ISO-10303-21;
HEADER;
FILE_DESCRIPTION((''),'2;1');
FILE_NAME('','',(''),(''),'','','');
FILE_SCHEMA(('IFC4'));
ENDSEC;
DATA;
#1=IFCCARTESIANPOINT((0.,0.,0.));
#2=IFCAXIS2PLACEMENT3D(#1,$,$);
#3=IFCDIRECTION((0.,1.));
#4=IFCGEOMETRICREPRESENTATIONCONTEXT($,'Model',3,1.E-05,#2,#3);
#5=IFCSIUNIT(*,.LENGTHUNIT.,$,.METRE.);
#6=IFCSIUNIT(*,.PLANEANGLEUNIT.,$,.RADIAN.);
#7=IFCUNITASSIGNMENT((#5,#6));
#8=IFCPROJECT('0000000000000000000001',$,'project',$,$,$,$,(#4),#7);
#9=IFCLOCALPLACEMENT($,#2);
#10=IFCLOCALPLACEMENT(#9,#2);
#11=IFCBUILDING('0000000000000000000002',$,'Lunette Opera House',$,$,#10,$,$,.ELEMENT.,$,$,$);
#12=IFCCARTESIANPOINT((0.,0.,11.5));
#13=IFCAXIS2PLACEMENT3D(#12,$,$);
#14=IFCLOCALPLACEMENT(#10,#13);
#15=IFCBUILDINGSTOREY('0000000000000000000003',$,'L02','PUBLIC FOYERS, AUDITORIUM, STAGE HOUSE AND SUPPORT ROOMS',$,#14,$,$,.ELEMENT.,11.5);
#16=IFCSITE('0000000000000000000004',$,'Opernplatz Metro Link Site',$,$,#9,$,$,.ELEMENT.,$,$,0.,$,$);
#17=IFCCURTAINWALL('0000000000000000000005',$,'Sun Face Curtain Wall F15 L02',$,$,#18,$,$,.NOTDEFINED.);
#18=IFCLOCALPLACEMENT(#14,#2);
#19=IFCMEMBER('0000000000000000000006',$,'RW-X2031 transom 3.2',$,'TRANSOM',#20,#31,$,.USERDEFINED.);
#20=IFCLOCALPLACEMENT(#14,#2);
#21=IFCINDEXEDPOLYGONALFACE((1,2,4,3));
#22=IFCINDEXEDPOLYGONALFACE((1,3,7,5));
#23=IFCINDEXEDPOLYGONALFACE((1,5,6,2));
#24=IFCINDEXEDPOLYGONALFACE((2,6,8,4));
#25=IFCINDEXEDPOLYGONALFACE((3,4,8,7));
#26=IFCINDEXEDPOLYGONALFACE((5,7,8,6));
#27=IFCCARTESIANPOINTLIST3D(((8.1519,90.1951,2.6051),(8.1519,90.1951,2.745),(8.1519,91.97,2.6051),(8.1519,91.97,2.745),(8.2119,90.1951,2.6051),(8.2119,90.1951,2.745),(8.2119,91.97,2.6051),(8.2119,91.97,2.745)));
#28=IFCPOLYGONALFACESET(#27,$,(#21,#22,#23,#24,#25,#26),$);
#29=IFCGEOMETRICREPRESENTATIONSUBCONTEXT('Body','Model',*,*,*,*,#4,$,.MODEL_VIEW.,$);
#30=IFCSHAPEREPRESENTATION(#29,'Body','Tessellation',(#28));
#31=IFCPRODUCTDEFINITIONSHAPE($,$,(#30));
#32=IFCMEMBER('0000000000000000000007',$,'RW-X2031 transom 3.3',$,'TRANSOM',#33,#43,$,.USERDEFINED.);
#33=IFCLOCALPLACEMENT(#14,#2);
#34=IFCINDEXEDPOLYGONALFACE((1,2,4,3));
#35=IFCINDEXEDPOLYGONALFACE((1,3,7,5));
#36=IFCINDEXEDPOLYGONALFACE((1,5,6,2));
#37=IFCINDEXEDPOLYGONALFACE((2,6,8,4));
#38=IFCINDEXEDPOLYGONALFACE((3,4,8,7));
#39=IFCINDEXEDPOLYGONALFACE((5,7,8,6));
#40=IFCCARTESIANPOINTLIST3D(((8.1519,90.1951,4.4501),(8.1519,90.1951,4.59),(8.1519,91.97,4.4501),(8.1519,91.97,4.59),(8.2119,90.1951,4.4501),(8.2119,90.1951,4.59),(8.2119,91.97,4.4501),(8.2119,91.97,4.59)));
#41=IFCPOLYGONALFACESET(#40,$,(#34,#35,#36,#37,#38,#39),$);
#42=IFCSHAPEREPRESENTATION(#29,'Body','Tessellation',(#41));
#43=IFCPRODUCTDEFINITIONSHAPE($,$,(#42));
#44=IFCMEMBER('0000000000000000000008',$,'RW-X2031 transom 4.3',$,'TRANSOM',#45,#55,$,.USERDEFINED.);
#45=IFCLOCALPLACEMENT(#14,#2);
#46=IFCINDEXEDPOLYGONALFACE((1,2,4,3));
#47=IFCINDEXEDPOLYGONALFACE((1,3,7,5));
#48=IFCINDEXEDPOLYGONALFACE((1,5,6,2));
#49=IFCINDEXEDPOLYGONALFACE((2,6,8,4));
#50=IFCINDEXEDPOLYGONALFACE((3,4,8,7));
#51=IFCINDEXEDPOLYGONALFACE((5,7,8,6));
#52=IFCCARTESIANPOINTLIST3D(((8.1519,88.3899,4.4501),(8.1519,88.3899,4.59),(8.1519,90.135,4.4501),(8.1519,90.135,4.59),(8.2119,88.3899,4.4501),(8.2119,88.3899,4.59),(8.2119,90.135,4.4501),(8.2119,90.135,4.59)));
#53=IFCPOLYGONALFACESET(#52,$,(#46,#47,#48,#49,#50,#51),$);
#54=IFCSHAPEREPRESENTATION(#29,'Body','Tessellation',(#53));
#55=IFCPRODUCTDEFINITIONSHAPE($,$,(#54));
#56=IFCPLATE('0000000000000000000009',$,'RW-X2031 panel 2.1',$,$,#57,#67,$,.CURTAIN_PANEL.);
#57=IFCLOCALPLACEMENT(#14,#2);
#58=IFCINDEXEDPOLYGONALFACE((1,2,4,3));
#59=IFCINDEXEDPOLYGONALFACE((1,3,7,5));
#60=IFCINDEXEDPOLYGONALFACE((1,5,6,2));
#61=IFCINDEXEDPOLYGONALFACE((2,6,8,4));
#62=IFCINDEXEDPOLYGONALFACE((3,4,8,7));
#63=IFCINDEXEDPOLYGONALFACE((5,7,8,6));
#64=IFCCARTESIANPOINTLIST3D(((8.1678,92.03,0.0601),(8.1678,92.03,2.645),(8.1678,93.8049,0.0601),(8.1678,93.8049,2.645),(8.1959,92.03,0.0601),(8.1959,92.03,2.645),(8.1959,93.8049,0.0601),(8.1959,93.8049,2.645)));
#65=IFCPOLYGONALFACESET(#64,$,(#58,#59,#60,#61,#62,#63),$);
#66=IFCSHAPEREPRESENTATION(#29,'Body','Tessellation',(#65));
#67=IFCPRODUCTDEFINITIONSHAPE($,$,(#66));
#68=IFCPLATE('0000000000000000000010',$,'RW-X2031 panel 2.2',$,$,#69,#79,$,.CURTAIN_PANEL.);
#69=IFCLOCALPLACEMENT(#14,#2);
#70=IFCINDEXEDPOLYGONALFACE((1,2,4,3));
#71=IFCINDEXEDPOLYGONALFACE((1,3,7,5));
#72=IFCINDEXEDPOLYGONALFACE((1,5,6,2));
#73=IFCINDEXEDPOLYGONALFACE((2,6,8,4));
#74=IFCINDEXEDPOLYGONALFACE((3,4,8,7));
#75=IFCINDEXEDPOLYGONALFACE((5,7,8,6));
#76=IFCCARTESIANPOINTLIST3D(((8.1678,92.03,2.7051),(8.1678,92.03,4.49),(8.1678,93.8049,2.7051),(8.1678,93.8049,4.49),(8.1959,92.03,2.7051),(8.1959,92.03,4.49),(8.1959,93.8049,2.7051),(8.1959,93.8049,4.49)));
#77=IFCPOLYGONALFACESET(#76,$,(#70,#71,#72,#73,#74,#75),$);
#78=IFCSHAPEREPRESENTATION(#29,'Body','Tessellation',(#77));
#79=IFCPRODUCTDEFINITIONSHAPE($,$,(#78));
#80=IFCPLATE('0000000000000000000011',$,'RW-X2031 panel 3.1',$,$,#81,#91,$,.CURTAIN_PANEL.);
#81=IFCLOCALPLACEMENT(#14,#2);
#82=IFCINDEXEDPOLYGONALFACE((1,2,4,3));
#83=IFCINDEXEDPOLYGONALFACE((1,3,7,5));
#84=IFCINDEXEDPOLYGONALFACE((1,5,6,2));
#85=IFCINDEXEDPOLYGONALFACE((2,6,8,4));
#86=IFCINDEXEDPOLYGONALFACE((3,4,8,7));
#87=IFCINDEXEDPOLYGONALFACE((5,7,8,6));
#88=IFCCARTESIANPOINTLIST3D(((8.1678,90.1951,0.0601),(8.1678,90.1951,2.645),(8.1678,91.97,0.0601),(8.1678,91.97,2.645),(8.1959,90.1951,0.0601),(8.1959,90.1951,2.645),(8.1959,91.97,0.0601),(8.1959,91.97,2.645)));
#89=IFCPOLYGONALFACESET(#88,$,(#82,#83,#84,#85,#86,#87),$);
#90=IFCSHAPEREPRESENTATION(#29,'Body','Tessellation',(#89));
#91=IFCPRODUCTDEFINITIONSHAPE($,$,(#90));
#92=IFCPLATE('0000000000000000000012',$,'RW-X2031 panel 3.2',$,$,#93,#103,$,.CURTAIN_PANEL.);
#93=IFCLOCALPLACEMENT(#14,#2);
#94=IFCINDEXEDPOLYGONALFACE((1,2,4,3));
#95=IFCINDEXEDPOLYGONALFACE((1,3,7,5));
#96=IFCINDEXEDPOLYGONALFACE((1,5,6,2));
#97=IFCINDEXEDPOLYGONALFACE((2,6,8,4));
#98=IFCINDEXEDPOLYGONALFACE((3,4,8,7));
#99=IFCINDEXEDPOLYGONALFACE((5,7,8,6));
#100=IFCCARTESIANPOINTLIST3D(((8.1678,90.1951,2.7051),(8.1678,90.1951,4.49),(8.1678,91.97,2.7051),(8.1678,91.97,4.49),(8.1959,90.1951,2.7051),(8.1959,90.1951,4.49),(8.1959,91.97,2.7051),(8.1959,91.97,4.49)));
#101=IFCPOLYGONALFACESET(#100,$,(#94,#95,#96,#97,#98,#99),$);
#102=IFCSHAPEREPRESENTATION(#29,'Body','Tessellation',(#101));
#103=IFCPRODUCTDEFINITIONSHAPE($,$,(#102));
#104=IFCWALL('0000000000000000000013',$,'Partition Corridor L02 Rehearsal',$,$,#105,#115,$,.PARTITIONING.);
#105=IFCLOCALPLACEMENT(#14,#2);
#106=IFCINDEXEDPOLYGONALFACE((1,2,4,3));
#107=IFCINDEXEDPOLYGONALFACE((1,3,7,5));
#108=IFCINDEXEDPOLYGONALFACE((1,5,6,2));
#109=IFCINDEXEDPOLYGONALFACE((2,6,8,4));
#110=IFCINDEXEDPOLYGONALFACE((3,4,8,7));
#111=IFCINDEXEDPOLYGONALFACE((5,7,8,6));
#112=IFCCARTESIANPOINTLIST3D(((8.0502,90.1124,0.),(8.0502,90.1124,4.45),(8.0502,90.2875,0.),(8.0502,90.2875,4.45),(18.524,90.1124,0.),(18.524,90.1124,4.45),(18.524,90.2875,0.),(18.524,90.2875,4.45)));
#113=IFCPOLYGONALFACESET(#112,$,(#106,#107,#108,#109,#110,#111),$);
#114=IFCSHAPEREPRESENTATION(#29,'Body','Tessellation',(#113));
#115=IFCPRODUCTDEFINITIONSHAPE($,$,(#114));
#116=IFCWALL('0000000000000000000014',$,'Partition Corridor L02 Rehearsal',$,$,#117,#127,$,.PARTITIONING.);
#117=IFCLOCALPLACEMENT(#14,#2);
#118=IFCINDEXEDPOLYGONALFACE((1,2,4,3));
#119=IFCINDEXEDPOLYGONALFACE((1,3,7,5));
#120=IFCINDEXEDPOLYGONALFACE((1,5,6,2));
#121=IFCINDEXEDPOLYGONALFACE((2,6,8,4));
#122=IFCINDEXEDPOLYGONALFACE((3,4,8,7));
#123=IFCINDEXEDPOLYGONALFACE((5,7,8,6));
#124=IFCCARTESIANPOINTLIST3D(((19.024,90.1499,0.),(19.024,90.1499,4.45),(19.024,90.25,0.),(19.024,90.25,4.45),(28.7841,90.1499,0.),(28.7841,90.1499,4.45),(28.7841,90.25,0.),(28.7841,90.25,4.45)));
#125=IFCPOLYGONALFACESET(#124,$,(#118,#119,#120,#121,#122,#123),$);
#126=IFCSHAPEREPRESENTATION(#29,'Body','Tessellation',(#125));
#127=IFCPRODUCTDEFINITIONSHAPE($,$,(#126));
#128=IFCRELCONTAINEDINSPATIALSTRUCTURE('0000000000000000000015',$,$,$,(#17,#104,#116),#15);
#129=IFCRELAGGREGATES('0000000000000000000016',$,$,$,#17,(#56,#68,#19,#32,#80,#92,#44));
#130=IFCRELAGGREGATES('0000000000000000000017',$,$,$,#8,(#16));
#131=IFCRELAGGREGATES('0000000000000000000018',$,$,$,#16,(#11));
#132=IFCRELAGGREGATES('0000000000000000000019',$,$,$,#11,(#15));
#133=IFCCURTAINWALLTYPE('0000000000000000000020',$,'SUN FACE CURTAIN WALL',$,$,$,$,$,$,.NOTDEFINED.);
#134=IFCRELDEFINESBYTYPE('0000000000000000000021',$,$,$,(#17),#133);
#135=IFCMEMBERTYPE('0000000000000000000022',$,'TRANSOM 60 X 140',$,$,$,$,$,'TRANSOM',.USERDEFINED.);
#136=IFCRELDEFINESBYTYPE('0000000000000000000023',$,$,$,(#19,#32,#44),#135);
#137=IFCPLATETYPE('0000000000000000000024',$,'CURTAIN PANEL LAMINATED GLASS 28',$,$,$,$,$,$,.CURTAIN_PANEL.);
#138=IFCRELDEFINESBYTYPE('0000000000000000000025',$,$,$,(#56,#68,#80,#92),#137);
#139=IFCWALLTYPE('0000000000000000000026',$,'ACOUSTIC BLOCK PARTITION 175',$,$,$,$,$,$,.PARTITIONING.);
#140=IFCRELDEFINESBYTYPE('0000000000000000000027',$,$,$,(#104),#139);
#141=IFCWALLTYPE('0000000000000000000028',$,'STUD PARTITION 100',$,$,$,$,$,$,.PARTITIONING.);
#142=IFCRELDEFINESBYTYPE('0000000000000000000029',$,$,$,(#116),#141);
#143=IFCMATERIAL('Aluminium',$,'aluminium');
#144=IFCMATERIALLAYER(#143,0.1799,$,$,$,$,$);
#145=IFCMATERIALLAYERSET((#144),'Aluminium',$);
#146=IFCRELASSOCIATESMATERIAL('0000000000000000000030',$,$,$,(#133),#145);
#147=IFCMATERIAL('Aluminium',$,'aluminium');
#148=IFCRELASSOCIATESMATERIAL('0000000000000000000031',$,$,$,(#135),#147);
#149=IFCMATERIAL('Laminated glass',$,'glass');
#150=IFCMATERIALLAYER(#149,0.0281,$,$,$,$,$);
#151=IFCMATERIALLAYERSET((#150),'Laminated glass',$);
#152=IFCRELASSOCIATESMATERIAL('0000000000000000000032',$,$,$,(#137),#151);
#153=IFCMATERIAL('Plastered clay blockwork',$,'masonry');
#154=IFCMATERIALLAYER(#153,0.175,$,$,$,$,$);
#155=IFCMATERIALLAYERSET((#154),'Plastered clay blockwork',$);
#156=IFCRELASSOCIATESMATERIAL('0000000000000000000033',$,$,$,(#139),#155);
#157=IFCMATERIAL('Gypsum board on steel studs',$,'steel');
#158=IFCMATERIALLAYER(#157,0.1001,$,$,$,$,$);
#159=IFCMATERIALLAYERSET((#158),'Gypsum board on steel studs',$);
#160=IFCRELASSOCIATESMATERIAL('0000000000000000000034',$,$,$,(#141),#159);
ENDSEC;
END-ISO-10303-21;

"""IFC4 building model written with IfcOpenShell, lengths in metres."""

from ifc_helpers import new_model, si_unit, direction, frame, frame_2d, origin, origin_2d, place, context, subcontext, project, spatial, rectangle, extrude, material, layer, layer_set, material_profile, profile_set, type_object, element, aggregate, save


model = new_model("IFC4")

# Units and contexts
model_context = context("Model", 3, precision=1e-05, world=origin(), true_north=direction((0.0, 1.0)))
body_context = subcontext(model_context, "Body", "Model", "MODEL_VIEW")
ifc_project = project(units=[si_unit("LENGTHUNIT", "METRE"), si_unit("PLANEANGLEUNIT", "RADIAN")], contexts=[model_context])

# Site, building, storey
site_placement = place(None, origin())
site = spatial("IfcSite", under=ifc_project, at=site_placement, Name="Opernplatz Metro Link Site", CompositionType="ELEMENT", RefElevation=0.0)
building_placement = place(site_placement, origin())
building = spatial("IfcBuilding", under=site, at=building_placement, Name="Lunette Opera House", CompositionType="ELEMENT")
storey_placement = place(building_placement, frame((0.0, 0.0, 11.5)))
storey = spatial("IfcBuildingStorey", under=building, at=storey_placement, Name="L02", Description="PUBLIC FOYERS, AUDITORIUM, STAGE HOUSE AND SUPPORT ROOMS", CompositionType="ELEMENT", Elevation=11.5)

# Curtain wall
ifc_material_1 = material(Name="Aluminium", Category="aluminium")
ifc_layer_1 = layer(ifc_material_1, 0.1799)
ifc_layer_set_1 = layer_set([ifc_layer_1], Name="Aluminium")
curtain_wall_type = type_object("IfcCurtainWallType", Name="SUN FACE CURTAIN WALL", PredefinedType="NOTDEFINED", material=ifc_layer_set_1)
curtain_wall_placement = place(storey_placement, origin())
curtain_wall = element("IfcCurtainWall", 1, at=curtain_wall_placement, inside=storey, type_object=curtain_wall_type, Name="Sun Face Curtain Wall F15 L02", PredefinedType="NOTDEFINED")

# Members
ifc_material_2 = material(Name="Aluminium", Category="aluminium")
ifc_material_profile_1 = material_profile(ifc_material_2, rectangle(XDim=0.0601, YDim=0.1399, at=origin_2d()), Name="TRANSOM 60 X 140")
ifc_profile_set_1 = profile_set([ifc_material_profile_1], Name="Aluminium")
member_type_1 = type_object("IfcMemberType", Name="TRANSOM 60 X 140", ElementType="TRANSOM", PredefinedType="USERDEFINED", material=ifc_profile_set_1)
member_1_placement = place(storey_placement, frame((8.1819, 91.97, 2.675), z_axis=(0.0, -1.0, 0.0), x_axis=(1.0, 0.0, 0.0)))
member_1 = element("IfcMember", 2, at=member_1_placement, type_object=member_type_1, Name="RW-X2031 transom 3.2", ObjectType="TRANSOM", PredefinedType="USERDEFINED", context=body_context, shape_type="SweptSolid", body=[
    extrude(rectangle(XDim=0.0601, YDim=0.1399, at=origin_2d()), origin(), (0.0, 0.0, 1.0), 1.7749),
])
member_2_placement = place(storey_placement, frame((8.1819, 91.97, 4.52), z_axis=(0.0, -1.0, 0.0), x_axis=(1.0, 0.0, 0.0)))
member_2 = element("IfcMember", 3, at=member_2_placement, type_object=member_type_1, Name="RW-X2031 transom 3.3", ObjectType="TRANSOM", PredefinedType="USERDEFINED", context=body_context, shape_type="SweptSolid", body=[
    extrude(rectangle(XDim=0.0601, YDim=0.1399, at=origin_2d()), origin(), (0.0, 0.0, 1.0), 1.7749),
])
member_3_placement = place(storey_placement, frame((8.1819, 90.135, 4.52), z_axis=(0.0, -1.0, 0.0), x_axis=(1.0, 0.0, 0.0)))
member_3 = element("IfcMember", 4, at=member_3_placement, type_object=member_type_1, Name="RW-X2031 transom 4.3", ObjectType="TRANSOM", PredefinedType="USERDEFINED", context=body_context, shape_type="SweptSolid", body=[
    extrude(rectangle(XDim=0.0601, YDim=0.1399, at=origin_2d()), origin(), (0.0, 0.0, 1.0), 1.7451),
])

# Plates
ifc_material_3 = material(Name="Laminated glass", Category="glass")
ifc_layer_2 = layer(ifc_material_3, 0.0281)
ifc_layer_set_2 = layer_set([ifc_layer_2], Name="Laminated glass")
plate_type = type_object("IfcPlateType", Name="CURTAIN PANEL LAMINATED GLASS 28", PredefinedType="CURTAIN_PANEL", material=ifc_layer_set_2)
plate_1_placement = place(storey_placement, frame((8.1819, 92.9175, 0.0601), z_axis=(0.0, 0.0, 1.0), x_axis=(0.0, -1.0, 0.0)))
plate_1 = element("IfcPlate", 5, at=plate_1_placement, type_object=plate_type, Name="RW-X2031 panel 2.1", PredefinedType="CURTAIN_PANEL", context=body_context, shape_type="SweptSolid", body=[
    extrude(rectangle(XDim=1.7749, YDim=0.0281, at=origin_2d()), origin(), (0.0, 0.0, 1.0), 2.585),
])
plate_2_placement = place(storey_placement, frame((8.1819, 92.9175, 2.7051), z_axis=(0.0, 0.0, 1.0), x_axis=(0.0, -1.0, 0.0)))
plate_2 = element("IfcPlate", 6, at=plate_2_placement, type_object=plate_type, Name="RW-X2031 panel 2.2", PredefinedType="CURTAIN_PANEL", context=body_context, shape_type="SweptSolid", body=[
    extrude(rectangle(XDim=1.7749, YDim=0.0281, at=origin_2d()), origin(), (0.0, 0.0, 1.0), 1.7849),
])
plate_3_placement = place(storey_placement, frame((8.1819, 91.0825, 0.0601), z_axis=(0.0, 0.0, 1.0), x_axis=(0.0, -1.0, 0.0)))
plate_3 = element("IfcPlate", 7, at=plate_3_placement, type_object=plate_type, Name="RW-X2031 panel 3.1", PredefinedType="CURTAIN_PANEL", context=body_context, shape_type="SweptSolid", body=[
    extrude(rectangle(XDim=1.7749, YDim=0.0281, at=origin_2d()), origin(), (0.0, 0.0, 1.0), 2.585),
])
plate_4_placement = place(storey_placement, frame((8.1819, 91.0825, 2.7051), z_axis=(0.0, 0.0, 1.0), x_axis=(0.0, -1.0, 0.0)))
plate_4 = element("IfcPlate", 8, at=plate_4_placement, type_object=plate_type, Name="RW-X2031 panel 3.2", PredefinedType="CURTAIN_PANEL", context=body_context, shape_type="SweptSolid", body=[
    extrude(rectangle(XDim=1.7749, YDim=0.0281, at=origin_2d()), origin(), (0.0, 0.0, 1.0), 1.7849),
])
aggregate(curtain_wall, [plate_1, plate_2, member_1, member_2, plate_3, plate_4, member_3])

# Walls
ifc_material_4 = material(Name="Plastered clay blockwork", Category="masonry")
ifc_layer_3 = layer(ifc_material_4, 0.175)
ifc_layer_set_3 = layer_set([ifc_layer_3], Name="Plastered clay blockwork")
wall_type_1 = type_object("IfcWallType", Name="ACOUSTIC BLOCK PARTITION 175", PredefinedType="PARTITIONING", material=ifc_layer_set_3)
wall_1_placement = place(storey_placement, frame((18.5239, 90.2, 0.0), z_axis=(0.0, 0.0, 1.0), x_axis=(-1.0, 0.0, 0.0)))
element("IfcWall", 9, at=wall_1_placement, inside=storey, type_object=wall_type_1, Name="Partition Corridor L02 Rehearsal", PredefinedType="PARTITIONING", context=body_context, shape_type="SweptSolid", body=[
    extrude(rectangle(XDim=10.4739, YDim=0.175, at=frame_2d((5.2368, 0.0))), origin(), (0.0, 0.0, 1.0), 4.45),
])
ifc_material_5 = material(Name="Gypsum board on steel studs", Category="steel")
ifc_layer_4 = layer(ifc_material_5, 0.1001)
ifc_layer_set_4 = layer_set([ifc_layer_4], Name="Gypsum board on steel studs")
wall_type_2 = type_object("IfcWallType", Name="STUD PARTITION 100", PredefinedType="PARTITIONING", material=ifc_layer_set_4)
wall_2_placement = place(storey_placement, frame((28.7839, 90.2, 0.0), z_axis=(0.0, 0.0, 1.0), x_axis=(-1.0, 0.0, 0.0)))
element("IfcWall", 10, at=wall_2_placement, inside=storey, type_object=wall_type_2, Name="Partition Corridor L02 Rehearsal", PredefinedType="PARTITIONING", context=body_context, shape_type="SweptSolid", body=[
    extrude(rectangle(XDim=9.76, YDim=0.1001, at=frame_2d((4.8799, 0.0))), origin(), (0.0, 0.0, 1.0), 4.45),
])

save(model, "model.ifc")
